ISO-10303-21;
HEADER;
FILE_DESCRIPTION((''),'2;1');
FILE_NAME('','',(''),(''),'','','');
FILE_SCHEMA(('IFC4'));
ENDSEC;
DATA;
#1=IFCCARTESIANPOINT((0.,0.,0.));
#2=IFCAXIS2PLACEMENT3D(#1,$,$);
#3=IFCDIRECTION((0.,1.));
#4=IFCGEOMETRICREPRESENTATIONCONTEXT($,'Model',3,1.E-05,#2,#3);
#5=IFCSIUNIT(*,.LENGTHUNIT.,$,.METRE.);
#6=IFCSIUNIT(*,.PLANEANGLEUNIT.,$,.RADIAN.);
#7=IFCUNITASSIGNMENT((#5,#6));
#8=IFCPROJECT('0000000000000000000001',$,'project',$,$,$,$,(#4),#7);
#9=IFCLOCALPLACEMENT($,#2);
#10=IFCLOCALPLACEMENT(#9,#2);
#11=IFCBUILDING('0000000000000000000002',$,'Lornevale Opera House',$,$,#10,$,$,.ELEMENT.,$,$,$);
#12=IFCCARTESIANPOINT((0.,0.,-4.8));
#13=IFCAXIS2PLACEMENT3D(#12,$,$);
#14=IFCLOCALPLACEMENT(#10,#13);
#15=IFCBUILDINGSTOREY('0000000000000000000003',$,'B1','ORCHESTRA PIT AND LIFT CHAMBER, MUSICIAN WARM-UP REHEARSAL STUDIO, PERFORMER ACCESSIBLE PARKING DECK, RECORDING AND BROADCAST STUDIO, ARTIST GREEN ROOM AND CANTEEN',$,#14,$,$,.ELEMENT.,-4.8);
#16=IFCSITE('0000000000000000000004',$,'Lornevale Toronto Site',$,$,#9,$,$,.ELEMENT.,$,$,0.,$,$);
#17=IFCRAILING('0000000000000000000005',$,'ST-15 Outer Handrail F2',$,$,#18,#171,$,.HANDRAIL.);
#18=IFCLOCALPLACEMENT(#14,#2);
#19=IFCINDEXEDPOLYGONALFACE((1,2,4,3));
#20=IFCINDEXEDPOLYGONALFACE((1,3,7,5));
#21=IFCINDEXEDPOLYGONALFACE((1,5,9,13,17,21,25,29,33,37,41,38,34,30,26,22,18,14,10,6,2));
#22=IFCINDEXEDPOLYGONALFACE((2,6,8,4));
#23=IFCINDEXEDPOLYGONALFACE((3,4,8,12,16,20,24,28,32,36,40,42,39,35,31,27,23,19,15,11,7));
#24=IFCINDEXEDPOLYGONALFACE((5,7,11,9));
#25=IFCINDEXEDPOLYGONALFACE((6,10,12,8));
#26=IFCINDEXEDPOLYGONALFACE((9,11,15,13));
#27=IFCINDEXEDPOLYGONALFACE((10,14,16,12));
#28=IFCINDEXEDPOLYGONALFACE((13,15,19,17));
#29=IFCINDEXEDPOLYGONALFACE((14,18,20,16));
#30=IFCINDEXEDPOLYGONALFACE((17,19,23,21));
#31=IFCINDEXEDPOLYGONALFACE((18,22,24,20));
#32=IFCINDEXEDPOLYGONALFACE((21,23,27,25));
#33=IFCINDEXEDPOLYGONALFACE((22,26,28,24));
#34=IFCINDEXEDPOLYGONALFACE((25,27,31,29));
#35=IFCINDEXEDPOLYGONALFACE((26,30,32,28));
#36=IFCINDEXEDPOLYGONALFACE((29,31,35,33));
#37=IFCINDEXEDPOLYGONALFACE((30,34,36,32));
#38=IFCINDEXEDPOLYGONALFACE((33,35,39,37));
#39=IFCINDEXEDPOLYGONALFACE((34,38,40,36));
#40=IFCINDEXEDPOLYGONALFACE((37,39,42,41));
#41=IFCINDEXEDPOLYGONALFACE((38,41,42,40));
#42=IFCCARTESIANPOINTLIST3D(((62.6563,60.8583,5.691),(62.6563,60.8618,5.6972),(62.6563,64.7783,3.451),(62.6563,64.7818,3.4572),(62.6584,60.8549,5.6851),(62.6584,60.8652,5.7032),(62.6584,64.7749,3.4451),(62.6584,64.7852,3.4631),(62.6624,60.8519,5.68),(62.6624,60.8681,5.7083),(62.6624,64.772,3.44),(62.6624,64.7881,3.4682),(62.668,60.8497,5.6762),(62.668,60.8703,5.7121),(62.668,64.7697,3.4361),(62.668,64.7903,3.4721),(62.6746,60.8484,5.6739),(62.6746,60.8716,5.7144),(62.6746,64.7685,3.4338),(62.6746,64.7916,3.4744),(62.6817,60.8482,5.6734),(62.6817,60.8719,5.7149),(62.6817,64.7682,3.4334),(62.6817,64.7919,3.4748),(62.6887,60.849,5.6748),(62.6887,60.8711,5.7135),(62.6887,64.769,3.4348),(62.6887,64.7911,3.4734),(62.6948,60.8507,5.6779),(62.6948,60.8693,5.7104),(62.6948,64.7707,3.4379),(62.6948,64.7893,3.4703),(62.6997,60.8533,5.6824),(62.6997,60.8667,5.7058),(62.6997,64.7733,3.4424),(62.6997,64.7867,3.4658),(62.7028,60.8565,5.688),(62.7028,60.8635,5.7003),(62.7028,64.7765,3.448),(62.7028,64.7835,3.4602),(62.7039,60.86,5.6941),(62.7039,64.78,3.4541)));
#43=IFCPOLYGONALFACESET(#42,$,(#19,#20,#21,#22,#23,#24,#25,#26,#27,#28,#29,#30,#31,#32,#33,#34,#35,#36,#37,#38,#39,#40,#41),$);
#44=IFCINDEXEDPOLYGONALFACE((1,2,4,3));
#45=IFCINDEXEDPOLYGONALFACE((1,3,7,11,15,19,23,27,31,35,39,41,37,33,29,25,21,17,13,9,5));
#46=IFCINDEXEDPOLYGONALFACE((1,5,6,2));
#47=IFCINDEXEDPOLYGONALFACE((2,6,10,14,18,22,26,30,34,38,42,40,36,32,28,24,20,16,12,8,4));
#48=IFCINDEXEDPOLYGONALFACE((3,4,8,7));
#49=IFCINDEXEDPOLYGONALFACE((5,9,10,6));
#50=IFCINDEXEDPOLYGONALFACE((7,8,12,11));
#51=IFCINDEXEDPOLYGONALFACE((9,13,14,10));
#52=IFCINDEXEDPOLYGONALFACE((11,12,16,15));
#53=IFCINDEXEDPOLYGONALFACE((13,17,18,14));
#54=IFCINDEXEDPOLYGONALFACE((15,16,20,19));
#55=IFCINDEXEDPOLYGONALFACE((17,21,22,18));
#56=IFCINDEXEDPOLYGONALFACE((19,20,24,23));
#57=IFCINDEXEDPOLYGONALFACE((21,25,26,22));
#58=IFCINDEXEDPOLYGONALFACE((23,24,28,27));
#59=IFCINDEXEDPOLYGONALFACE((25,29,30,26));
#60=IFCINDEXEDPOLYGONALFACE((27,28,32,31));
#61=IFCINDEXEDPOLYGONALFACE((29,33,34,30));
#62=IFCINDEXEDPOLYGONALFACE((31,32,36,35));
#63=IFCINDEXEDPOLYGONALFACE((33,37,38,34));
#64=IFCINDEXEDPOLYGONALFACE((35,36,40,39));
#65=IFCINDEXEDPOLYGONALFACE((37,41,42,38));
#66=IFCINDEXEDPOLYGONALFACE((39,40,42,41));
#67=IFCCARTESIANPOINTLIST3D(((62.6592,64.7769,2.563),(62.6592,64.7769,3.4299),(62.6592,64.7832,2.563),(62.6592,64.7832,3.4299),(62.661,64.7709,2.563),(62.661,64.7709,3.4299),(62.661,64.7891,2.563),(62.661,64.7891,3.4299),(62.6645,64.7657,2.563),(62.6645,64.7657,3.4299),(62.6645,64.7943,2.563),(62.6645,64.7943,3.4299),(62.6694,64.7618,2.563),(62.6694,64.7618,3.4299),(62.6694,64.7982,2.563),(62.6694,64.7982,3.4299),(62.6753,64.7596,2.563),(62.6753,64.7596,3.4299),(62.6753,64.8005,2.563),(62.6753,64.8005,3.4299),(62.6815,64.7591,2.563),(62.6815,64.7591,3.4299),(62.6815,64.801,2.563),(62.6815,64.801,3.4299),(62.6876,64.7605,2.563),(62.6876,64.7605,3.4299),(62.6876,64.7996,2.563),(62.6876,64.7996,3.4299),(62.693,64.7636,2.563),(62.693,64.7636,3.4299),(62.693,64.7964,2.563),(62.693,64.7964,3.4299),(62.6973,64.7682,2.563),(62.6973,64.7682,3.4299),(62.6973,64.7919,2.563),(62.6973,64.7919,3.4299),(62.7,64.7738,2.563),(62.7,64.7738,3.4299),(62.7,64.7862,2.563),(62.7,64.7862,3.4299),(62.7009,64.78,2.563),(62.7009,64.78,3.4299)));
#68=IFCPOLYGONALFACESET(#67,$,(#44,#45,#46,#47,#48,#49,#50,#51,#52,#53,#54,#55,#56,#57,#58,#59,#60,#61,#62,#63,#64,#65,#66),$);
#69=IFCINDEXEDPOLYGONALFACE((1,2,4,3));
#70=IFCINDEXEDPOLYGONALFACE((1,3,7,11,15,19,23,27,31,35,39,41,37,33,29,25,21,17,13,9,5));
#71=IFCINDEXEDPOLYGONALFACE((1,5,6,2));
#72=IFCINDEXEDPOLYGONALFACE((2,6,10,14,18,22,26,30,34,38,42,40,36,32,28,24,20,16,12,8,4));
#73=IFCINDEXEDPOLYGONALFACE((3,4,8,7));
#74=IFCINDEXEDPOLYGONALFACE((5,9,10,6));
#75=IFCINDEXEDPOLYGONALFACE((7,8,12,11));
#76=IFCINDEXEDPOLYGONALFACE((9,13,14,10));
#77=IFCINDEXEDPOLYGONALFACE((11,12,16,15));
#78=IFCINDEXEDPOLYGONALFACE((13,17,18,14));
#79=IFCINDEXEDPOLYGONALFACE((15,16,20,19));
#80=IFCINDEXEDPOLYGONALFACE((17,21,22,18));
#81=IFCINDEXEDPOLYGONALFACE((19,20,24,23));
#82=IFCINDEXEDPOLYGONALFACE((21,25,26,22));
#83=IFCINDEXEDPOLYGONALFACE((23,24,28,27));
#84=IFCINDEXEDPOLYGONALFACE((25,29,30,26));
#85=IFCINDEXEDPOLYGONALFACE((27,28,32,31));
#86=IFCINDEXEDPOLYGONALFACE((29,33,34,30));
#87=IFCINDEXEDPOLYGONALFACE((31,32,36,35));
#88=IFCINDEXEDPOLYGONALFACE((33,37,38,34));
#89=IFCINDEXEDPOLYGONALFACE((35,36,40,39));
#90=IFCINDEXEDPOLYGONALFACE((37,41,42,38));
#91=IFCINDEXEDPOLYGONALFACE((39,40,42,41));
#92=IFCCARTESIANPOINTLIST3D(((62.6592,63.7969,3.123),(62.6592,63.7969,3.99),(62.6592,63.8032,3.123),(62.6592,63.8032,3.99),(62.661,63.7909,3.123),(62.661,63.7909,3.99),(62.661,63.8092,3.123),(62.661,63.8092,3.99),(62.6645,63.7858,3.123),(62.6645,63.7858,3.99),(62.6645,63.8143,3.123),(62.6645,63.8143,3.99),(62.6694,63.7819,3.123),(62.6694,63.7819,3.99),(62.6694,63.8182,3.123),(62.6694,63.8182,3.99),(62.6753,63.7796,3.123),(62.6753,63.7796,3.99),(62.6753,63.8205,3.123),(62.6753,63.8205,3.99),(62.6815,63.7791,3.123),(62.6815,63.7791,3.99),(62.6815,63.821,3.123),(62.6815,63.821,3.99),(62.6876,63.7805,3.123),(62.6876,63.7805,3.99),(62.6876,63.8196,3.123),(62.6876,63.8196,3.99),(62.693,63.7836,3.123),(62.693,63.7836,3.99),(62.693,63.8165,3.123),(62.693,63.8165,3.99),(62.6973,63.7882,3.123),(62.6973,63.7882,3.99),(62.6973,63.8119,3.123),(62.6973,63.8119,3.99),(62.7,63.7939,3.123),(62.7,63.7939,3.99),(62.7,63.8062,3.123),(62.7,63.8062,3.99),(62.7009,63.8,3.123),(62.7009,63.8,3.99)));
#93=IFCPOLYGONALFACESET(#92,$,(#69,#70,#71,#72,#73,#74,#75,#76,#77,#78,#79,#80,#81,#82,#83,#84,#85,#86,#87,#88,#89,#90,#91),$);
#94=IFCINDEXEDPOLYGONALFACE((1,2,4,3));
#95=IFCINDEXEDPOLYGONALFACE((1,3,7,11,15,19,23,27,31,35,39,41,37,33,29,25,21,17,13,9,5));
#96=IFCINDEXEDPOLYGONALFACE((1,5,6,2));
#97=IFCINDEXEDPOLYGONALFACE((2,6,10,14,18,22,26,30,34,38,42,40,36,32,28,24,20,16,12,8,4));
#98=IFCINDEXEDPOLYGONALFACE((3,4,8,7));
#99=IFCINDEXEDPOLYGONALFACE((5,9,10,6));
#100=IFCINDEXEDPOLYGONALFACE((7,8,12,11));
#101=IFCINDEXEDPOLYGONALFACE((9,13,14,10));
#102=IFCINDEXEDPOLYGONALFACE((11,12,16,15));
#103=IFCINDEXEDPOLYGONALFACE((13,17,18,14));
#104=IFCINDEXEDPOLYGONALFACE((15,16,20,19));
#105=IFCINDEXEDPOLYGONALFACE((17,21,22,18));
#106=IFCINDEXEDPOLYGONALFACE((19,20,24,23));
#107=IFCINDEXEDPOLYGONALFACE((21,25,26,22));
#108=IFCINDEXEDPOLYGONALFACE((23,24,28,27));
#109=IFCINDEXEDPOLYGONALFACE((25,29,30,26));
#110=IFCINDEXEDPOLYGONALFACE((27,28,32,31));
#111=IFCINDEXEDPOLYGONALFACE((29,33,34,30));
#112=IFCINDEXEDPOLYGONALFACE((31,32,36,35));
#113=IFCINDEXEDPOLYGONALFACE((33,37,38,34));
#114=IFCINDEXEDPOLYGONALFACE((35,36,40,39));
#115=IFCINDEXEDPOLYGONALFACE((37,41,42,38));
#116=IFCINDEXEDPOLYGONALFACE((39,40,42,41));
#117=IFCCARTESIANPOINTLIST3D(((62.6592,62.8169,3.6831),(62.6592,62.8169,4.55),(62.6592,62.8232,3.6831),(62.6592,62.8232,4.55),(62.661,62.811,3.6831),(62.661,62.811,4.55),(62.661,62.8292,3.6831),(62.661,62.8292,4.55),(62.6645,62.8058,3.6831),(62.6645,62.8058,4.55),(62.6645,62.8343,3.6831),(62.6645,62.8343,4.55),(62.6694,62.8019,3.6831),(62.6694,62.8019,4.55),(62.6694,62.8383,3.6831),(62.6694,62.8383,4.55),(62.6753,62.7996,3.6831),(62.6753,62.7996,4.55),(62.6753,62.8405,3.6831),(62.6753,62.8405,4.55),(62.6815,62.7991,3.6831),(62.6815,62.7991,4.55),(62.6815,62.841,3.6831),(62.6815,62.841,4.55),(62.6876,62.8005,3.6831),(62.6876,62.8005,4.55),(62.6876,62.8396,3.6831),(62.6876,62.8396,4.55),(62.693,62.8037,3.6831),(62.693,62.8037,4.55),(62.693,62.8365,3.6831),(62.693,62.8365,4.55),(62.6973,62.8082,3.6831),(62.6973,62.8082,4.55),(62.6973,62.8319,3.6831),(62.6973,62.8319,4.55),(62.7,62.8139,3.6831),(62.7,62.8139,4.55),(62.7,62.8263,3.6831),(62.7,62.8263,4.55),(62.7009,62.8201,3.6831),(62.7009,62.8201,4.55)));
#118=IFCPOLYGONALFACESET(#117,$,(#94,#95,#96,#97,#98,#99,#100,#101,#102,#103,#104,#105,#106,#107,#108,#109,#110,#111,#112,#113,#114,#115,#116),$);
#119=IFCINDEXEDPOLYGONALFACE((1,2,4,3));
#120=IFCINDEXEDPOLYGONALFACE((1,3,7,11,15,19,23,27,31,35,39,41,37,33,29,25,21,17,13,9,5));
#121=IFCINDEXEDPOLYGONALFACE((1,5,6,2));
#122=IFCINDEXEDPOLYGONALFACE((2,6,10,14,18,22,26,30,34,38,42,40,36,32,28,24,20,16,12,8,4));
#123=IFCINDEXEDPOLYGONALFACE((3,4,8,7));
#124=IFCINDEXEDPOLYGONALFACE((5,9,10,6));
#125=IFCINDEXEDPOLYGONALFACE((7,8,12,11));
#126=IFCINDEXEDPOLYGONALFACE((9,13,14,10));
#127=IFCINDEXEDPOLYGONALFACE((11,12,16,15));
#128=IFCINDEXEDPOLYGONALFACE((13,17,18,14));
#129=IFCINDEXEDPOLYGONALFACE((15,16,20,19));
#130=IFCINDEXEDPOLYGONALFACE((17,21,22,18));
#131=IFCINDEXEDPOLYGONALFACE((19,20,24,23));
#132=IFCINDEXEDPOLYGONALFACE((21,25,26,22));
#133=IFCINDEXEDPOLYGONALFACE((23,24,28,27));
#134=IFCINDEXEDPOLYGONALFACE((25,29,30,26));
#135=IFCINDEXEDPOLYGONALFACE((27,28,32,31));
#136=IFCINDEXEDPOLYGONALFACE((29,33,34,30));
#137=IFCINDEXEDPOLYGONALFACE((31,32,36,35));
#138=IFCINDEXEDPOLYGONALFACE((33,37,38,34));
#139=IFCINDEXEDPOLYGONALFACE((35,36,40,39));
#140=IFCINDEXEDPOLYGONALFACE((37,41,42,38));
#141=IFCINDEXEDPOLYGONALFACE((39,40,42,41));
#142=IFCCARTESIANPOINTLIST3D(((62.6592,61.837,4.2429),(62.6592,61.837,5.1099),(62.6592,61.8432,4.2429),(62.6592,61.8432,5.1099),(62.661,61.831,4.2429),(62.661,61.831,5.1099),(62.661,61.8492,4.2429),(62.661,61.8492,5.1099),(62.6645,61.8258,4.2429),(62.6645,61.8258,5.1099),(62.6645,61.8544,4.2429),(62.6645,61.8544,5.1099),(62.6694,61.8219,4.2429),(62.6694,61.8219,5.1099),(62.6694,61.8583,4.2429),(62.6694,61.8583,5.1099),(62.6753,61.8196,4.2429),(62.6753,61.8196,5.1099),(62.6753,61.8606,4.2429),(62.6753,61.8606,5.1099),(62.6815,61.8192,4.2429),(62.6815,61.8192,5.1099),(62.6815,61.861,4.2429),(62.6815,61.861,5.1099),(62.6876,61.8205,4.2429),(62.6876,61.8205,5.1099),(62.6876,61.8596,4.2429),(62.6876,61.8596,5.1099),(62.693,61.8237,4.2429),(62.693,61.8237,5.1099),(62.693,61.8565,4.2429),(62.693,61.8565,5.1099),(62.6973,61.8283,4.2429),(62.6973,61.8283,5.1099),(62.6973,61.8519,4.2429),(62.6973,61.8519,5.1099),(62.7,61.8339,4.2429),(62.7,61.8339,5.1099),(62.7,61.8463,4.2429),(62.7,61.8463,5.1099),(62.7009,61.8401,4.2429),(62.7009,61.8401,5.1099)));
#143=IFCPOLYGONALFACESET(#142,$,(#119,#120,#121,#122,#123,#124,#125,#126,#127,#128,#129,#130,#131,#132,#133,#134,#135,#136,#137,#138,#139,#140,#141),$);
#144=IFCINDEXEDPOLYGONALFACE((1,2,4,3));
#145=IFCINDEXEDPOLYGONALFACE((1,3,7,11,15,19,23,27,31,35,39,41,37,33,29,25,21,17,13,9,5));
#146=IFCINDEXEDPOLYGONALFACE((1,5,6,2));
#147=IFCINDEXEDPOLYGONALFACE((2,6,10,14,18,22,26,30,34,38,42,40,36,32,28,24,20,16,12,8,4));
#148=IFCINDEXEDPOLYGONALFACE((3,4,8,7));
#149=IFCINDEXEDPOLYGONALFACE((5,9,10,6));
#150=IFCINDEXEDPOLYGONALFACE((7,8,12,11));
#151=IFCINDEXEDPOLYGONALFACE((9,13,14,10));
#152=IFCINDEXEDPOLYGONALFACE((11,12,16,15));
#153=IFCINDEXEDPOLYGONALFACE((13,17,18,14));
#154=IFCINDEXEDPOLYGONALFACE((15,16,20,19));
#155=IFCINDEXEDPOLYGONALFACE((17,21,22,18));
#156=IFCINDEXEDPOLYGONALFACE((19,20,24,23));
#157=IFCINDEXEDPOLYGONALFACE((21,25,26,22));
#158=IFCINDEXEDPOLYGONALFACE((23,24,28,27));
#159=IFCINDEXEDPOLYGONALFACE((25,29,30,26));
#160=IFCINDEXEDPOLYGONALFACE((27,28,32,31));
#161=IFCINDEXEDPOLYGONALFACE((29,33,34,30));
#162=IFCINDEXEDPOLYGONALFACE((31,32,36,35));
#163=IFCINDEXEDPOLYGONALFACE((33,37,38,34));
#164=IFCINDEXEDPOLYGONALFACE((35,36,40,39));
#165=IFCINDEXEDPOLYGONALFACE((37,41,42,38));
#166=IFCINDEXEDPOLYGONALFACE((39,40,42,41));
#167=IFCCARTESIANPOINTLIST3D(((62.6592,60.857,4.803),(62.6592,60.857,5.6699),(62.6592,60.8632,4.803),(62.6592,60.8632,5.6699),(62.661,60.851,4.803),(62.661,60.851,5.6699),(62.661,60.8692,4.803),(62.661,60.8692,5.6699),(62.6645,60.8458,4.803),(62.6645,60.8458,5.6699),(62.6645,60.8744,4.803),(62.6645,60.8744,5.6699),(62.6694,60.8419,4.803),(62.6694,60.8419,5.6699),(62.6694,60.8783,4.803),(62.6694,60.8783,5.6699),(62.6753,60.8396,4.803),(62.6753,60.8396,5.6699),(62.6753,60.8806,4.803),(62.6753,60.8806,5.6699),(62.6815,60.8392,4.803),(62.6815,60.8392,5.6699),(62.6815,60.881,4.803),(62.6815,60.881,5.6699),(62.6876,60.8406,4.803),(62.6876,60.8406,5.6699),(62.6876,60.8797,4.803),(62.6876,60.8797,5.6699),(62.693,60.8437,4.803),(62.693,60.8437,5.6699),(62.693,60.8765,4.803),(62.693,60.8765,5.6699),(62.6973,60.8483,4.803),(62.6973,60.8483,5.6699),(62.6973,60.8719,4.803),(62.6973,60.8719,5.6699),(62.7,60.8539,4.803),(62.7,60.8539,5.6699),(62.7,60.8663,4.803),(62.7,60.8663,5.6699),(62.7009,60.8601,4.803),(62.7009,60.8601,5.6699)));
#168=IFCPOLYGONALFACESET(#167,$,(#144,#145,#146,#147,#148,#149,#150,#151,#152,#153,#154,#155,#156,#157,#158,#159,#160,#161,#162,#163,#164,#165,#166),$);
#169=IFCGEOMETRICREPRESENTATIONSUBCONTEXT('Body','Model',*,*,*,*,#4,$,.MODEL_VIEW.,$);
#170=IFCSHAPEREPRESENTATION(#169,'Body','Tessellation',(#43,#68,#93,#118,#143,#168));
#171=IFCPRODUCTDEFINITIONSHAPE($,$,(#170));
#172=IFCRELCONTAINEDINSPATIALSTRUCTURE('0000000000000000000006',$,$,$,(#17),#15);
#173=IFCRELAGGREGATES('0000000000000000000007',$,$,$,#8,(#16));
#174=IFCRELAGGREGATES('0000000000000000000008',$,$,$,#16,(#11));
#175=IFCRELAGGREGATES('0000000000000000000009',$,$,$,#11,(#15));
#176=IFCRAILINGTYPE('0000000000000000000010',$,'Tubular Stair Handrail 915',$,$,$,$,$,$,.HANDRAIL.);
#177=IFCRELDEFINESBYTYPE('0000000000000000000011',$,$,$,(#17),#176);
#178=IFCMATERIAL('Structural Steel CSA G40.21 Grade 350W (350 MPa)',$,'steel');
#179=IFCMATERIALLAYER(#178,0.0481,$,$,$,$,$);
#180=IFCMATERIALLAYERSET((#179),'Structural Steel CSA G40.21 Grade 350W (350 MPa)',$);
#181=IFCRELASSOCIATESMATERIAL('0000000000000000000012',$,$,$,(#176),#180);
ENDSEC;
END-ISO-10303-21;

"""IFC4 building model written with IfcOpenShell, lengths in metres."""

from ifc_helpers import new_model, si_unit, direction, frame, origin, origin_2d, place, context, subcontext, project, spatial, circle, extrude, material, layer, layer_set, type_object, element, save


model = new_model("IFC4")

# Units and contexts
model_context = context("Model", 3, precision=1e-05, world=origin(), true_north=direction((0.0, 1.0)))
body_context = subcontext(model_context, "Body", "Model", "MODEL_VIEW")
ifc_project = project(units=[si_unit("LENGTHUNIT", "METRE"), si_unit("PLANEANGLEUNIT", "RADIAN")], contexts=[model_context])

# Site, building, storey
site_placement = place(None, origin())
site = spatial("IfcSite", under=ifc_project, at=site_placement, Name="Lornevale Toronto Site", CompositionType="ELEMENT", RefElevation=0.0)
building_placement = place(site_placement, origin())
building = spatial("IfcBuilding", under=site, at=building_placement, Name="Lornevale Opera House", CompositionType="ELEMENT")
storey_placement = place(building_placement, frame((0.0, 0.0, -4.8)))
storey = spatial("IfcBuildingStorey", under=building, at=storey_placement, Name="B1", Description="ORCHESTRA PIT AND LIFT CHAMBER, MUSICIAN WARM-UP REHEARSAL STUDIO, PERFORMER ACCESSIBLE PARKING DECK, RECORDING AND BROADCAST STUDIO, ARTIST GREEN ROOM AND CANTEEN", CompositionType="ELEMENT", Elevation=-4.8)

# Railing
ifc_material_1 = material(Name="Structural Steel CSA G40.21 Grade 350W (350 MPa)", Category="steel")
ifc_layer_1 = layer(ifc_material_1, 0.0481)
ifc_layer_set_1 = layer_set([ifc_layer_1], Name="Structural Steel CSA G40.21 Grade 350W (350 MPa)")
railing_type_1 = type_object("IfcRailingType", Name="Tubular Stair Handrail 915", PredefinedType="HANDRAIL", material=ifc_layer_set_1)
railing_1_placement = place(storey_placement, frame((62.6799, 64.78, 2.563)))
element("IfcRailing", 1, at=railing_1_placement, inside=storey, type_object=railing_type_1, Name="ST-15 Outer Handrail F2", PredefinedType="HANDRAIL", context=body_context, shape_type="SweptSolid", body=[
    extrude(circle(Radius=0.0239, at=origin_2d()), frame((0.0, 0.0, 0.8911), z_axis=(0.0, -0.86824, 0.496145), x_axis=(1.0, 0.0, 0.0)), (0.0, 0.0, 1.0), 4.5149),
    extrude(circle(Radius=0.021, at=origin_2d()), origin(), (0.0, 0.0, 1.0), 0.8669),
    extrude(circle(Radius=0.021, at=origin_2d()), frame((0.0, -0.98, 0.5601)), (0.0, 0.0, 1.0), 0.8669),
    extrude(circle(Radius=0.021, at=origin_2d()), frame((0.0, -1.96, 1.1201)), (0.0, 0.0, 1.0), 0.8669),
    extrude(circle(Radius=0.021, at=origin_2d()), frame((0.0, -2.9399, 1.6799)), (0.0, 0.0, 1.0), 0.8669),
    extrude(circle(Radius=0.021, at=origin_2d()), frame((0.0, -3.9199, 2.24)), (0.0, 0.0, 1.0), 0.8669),
])

save(model, "model.ifc")
